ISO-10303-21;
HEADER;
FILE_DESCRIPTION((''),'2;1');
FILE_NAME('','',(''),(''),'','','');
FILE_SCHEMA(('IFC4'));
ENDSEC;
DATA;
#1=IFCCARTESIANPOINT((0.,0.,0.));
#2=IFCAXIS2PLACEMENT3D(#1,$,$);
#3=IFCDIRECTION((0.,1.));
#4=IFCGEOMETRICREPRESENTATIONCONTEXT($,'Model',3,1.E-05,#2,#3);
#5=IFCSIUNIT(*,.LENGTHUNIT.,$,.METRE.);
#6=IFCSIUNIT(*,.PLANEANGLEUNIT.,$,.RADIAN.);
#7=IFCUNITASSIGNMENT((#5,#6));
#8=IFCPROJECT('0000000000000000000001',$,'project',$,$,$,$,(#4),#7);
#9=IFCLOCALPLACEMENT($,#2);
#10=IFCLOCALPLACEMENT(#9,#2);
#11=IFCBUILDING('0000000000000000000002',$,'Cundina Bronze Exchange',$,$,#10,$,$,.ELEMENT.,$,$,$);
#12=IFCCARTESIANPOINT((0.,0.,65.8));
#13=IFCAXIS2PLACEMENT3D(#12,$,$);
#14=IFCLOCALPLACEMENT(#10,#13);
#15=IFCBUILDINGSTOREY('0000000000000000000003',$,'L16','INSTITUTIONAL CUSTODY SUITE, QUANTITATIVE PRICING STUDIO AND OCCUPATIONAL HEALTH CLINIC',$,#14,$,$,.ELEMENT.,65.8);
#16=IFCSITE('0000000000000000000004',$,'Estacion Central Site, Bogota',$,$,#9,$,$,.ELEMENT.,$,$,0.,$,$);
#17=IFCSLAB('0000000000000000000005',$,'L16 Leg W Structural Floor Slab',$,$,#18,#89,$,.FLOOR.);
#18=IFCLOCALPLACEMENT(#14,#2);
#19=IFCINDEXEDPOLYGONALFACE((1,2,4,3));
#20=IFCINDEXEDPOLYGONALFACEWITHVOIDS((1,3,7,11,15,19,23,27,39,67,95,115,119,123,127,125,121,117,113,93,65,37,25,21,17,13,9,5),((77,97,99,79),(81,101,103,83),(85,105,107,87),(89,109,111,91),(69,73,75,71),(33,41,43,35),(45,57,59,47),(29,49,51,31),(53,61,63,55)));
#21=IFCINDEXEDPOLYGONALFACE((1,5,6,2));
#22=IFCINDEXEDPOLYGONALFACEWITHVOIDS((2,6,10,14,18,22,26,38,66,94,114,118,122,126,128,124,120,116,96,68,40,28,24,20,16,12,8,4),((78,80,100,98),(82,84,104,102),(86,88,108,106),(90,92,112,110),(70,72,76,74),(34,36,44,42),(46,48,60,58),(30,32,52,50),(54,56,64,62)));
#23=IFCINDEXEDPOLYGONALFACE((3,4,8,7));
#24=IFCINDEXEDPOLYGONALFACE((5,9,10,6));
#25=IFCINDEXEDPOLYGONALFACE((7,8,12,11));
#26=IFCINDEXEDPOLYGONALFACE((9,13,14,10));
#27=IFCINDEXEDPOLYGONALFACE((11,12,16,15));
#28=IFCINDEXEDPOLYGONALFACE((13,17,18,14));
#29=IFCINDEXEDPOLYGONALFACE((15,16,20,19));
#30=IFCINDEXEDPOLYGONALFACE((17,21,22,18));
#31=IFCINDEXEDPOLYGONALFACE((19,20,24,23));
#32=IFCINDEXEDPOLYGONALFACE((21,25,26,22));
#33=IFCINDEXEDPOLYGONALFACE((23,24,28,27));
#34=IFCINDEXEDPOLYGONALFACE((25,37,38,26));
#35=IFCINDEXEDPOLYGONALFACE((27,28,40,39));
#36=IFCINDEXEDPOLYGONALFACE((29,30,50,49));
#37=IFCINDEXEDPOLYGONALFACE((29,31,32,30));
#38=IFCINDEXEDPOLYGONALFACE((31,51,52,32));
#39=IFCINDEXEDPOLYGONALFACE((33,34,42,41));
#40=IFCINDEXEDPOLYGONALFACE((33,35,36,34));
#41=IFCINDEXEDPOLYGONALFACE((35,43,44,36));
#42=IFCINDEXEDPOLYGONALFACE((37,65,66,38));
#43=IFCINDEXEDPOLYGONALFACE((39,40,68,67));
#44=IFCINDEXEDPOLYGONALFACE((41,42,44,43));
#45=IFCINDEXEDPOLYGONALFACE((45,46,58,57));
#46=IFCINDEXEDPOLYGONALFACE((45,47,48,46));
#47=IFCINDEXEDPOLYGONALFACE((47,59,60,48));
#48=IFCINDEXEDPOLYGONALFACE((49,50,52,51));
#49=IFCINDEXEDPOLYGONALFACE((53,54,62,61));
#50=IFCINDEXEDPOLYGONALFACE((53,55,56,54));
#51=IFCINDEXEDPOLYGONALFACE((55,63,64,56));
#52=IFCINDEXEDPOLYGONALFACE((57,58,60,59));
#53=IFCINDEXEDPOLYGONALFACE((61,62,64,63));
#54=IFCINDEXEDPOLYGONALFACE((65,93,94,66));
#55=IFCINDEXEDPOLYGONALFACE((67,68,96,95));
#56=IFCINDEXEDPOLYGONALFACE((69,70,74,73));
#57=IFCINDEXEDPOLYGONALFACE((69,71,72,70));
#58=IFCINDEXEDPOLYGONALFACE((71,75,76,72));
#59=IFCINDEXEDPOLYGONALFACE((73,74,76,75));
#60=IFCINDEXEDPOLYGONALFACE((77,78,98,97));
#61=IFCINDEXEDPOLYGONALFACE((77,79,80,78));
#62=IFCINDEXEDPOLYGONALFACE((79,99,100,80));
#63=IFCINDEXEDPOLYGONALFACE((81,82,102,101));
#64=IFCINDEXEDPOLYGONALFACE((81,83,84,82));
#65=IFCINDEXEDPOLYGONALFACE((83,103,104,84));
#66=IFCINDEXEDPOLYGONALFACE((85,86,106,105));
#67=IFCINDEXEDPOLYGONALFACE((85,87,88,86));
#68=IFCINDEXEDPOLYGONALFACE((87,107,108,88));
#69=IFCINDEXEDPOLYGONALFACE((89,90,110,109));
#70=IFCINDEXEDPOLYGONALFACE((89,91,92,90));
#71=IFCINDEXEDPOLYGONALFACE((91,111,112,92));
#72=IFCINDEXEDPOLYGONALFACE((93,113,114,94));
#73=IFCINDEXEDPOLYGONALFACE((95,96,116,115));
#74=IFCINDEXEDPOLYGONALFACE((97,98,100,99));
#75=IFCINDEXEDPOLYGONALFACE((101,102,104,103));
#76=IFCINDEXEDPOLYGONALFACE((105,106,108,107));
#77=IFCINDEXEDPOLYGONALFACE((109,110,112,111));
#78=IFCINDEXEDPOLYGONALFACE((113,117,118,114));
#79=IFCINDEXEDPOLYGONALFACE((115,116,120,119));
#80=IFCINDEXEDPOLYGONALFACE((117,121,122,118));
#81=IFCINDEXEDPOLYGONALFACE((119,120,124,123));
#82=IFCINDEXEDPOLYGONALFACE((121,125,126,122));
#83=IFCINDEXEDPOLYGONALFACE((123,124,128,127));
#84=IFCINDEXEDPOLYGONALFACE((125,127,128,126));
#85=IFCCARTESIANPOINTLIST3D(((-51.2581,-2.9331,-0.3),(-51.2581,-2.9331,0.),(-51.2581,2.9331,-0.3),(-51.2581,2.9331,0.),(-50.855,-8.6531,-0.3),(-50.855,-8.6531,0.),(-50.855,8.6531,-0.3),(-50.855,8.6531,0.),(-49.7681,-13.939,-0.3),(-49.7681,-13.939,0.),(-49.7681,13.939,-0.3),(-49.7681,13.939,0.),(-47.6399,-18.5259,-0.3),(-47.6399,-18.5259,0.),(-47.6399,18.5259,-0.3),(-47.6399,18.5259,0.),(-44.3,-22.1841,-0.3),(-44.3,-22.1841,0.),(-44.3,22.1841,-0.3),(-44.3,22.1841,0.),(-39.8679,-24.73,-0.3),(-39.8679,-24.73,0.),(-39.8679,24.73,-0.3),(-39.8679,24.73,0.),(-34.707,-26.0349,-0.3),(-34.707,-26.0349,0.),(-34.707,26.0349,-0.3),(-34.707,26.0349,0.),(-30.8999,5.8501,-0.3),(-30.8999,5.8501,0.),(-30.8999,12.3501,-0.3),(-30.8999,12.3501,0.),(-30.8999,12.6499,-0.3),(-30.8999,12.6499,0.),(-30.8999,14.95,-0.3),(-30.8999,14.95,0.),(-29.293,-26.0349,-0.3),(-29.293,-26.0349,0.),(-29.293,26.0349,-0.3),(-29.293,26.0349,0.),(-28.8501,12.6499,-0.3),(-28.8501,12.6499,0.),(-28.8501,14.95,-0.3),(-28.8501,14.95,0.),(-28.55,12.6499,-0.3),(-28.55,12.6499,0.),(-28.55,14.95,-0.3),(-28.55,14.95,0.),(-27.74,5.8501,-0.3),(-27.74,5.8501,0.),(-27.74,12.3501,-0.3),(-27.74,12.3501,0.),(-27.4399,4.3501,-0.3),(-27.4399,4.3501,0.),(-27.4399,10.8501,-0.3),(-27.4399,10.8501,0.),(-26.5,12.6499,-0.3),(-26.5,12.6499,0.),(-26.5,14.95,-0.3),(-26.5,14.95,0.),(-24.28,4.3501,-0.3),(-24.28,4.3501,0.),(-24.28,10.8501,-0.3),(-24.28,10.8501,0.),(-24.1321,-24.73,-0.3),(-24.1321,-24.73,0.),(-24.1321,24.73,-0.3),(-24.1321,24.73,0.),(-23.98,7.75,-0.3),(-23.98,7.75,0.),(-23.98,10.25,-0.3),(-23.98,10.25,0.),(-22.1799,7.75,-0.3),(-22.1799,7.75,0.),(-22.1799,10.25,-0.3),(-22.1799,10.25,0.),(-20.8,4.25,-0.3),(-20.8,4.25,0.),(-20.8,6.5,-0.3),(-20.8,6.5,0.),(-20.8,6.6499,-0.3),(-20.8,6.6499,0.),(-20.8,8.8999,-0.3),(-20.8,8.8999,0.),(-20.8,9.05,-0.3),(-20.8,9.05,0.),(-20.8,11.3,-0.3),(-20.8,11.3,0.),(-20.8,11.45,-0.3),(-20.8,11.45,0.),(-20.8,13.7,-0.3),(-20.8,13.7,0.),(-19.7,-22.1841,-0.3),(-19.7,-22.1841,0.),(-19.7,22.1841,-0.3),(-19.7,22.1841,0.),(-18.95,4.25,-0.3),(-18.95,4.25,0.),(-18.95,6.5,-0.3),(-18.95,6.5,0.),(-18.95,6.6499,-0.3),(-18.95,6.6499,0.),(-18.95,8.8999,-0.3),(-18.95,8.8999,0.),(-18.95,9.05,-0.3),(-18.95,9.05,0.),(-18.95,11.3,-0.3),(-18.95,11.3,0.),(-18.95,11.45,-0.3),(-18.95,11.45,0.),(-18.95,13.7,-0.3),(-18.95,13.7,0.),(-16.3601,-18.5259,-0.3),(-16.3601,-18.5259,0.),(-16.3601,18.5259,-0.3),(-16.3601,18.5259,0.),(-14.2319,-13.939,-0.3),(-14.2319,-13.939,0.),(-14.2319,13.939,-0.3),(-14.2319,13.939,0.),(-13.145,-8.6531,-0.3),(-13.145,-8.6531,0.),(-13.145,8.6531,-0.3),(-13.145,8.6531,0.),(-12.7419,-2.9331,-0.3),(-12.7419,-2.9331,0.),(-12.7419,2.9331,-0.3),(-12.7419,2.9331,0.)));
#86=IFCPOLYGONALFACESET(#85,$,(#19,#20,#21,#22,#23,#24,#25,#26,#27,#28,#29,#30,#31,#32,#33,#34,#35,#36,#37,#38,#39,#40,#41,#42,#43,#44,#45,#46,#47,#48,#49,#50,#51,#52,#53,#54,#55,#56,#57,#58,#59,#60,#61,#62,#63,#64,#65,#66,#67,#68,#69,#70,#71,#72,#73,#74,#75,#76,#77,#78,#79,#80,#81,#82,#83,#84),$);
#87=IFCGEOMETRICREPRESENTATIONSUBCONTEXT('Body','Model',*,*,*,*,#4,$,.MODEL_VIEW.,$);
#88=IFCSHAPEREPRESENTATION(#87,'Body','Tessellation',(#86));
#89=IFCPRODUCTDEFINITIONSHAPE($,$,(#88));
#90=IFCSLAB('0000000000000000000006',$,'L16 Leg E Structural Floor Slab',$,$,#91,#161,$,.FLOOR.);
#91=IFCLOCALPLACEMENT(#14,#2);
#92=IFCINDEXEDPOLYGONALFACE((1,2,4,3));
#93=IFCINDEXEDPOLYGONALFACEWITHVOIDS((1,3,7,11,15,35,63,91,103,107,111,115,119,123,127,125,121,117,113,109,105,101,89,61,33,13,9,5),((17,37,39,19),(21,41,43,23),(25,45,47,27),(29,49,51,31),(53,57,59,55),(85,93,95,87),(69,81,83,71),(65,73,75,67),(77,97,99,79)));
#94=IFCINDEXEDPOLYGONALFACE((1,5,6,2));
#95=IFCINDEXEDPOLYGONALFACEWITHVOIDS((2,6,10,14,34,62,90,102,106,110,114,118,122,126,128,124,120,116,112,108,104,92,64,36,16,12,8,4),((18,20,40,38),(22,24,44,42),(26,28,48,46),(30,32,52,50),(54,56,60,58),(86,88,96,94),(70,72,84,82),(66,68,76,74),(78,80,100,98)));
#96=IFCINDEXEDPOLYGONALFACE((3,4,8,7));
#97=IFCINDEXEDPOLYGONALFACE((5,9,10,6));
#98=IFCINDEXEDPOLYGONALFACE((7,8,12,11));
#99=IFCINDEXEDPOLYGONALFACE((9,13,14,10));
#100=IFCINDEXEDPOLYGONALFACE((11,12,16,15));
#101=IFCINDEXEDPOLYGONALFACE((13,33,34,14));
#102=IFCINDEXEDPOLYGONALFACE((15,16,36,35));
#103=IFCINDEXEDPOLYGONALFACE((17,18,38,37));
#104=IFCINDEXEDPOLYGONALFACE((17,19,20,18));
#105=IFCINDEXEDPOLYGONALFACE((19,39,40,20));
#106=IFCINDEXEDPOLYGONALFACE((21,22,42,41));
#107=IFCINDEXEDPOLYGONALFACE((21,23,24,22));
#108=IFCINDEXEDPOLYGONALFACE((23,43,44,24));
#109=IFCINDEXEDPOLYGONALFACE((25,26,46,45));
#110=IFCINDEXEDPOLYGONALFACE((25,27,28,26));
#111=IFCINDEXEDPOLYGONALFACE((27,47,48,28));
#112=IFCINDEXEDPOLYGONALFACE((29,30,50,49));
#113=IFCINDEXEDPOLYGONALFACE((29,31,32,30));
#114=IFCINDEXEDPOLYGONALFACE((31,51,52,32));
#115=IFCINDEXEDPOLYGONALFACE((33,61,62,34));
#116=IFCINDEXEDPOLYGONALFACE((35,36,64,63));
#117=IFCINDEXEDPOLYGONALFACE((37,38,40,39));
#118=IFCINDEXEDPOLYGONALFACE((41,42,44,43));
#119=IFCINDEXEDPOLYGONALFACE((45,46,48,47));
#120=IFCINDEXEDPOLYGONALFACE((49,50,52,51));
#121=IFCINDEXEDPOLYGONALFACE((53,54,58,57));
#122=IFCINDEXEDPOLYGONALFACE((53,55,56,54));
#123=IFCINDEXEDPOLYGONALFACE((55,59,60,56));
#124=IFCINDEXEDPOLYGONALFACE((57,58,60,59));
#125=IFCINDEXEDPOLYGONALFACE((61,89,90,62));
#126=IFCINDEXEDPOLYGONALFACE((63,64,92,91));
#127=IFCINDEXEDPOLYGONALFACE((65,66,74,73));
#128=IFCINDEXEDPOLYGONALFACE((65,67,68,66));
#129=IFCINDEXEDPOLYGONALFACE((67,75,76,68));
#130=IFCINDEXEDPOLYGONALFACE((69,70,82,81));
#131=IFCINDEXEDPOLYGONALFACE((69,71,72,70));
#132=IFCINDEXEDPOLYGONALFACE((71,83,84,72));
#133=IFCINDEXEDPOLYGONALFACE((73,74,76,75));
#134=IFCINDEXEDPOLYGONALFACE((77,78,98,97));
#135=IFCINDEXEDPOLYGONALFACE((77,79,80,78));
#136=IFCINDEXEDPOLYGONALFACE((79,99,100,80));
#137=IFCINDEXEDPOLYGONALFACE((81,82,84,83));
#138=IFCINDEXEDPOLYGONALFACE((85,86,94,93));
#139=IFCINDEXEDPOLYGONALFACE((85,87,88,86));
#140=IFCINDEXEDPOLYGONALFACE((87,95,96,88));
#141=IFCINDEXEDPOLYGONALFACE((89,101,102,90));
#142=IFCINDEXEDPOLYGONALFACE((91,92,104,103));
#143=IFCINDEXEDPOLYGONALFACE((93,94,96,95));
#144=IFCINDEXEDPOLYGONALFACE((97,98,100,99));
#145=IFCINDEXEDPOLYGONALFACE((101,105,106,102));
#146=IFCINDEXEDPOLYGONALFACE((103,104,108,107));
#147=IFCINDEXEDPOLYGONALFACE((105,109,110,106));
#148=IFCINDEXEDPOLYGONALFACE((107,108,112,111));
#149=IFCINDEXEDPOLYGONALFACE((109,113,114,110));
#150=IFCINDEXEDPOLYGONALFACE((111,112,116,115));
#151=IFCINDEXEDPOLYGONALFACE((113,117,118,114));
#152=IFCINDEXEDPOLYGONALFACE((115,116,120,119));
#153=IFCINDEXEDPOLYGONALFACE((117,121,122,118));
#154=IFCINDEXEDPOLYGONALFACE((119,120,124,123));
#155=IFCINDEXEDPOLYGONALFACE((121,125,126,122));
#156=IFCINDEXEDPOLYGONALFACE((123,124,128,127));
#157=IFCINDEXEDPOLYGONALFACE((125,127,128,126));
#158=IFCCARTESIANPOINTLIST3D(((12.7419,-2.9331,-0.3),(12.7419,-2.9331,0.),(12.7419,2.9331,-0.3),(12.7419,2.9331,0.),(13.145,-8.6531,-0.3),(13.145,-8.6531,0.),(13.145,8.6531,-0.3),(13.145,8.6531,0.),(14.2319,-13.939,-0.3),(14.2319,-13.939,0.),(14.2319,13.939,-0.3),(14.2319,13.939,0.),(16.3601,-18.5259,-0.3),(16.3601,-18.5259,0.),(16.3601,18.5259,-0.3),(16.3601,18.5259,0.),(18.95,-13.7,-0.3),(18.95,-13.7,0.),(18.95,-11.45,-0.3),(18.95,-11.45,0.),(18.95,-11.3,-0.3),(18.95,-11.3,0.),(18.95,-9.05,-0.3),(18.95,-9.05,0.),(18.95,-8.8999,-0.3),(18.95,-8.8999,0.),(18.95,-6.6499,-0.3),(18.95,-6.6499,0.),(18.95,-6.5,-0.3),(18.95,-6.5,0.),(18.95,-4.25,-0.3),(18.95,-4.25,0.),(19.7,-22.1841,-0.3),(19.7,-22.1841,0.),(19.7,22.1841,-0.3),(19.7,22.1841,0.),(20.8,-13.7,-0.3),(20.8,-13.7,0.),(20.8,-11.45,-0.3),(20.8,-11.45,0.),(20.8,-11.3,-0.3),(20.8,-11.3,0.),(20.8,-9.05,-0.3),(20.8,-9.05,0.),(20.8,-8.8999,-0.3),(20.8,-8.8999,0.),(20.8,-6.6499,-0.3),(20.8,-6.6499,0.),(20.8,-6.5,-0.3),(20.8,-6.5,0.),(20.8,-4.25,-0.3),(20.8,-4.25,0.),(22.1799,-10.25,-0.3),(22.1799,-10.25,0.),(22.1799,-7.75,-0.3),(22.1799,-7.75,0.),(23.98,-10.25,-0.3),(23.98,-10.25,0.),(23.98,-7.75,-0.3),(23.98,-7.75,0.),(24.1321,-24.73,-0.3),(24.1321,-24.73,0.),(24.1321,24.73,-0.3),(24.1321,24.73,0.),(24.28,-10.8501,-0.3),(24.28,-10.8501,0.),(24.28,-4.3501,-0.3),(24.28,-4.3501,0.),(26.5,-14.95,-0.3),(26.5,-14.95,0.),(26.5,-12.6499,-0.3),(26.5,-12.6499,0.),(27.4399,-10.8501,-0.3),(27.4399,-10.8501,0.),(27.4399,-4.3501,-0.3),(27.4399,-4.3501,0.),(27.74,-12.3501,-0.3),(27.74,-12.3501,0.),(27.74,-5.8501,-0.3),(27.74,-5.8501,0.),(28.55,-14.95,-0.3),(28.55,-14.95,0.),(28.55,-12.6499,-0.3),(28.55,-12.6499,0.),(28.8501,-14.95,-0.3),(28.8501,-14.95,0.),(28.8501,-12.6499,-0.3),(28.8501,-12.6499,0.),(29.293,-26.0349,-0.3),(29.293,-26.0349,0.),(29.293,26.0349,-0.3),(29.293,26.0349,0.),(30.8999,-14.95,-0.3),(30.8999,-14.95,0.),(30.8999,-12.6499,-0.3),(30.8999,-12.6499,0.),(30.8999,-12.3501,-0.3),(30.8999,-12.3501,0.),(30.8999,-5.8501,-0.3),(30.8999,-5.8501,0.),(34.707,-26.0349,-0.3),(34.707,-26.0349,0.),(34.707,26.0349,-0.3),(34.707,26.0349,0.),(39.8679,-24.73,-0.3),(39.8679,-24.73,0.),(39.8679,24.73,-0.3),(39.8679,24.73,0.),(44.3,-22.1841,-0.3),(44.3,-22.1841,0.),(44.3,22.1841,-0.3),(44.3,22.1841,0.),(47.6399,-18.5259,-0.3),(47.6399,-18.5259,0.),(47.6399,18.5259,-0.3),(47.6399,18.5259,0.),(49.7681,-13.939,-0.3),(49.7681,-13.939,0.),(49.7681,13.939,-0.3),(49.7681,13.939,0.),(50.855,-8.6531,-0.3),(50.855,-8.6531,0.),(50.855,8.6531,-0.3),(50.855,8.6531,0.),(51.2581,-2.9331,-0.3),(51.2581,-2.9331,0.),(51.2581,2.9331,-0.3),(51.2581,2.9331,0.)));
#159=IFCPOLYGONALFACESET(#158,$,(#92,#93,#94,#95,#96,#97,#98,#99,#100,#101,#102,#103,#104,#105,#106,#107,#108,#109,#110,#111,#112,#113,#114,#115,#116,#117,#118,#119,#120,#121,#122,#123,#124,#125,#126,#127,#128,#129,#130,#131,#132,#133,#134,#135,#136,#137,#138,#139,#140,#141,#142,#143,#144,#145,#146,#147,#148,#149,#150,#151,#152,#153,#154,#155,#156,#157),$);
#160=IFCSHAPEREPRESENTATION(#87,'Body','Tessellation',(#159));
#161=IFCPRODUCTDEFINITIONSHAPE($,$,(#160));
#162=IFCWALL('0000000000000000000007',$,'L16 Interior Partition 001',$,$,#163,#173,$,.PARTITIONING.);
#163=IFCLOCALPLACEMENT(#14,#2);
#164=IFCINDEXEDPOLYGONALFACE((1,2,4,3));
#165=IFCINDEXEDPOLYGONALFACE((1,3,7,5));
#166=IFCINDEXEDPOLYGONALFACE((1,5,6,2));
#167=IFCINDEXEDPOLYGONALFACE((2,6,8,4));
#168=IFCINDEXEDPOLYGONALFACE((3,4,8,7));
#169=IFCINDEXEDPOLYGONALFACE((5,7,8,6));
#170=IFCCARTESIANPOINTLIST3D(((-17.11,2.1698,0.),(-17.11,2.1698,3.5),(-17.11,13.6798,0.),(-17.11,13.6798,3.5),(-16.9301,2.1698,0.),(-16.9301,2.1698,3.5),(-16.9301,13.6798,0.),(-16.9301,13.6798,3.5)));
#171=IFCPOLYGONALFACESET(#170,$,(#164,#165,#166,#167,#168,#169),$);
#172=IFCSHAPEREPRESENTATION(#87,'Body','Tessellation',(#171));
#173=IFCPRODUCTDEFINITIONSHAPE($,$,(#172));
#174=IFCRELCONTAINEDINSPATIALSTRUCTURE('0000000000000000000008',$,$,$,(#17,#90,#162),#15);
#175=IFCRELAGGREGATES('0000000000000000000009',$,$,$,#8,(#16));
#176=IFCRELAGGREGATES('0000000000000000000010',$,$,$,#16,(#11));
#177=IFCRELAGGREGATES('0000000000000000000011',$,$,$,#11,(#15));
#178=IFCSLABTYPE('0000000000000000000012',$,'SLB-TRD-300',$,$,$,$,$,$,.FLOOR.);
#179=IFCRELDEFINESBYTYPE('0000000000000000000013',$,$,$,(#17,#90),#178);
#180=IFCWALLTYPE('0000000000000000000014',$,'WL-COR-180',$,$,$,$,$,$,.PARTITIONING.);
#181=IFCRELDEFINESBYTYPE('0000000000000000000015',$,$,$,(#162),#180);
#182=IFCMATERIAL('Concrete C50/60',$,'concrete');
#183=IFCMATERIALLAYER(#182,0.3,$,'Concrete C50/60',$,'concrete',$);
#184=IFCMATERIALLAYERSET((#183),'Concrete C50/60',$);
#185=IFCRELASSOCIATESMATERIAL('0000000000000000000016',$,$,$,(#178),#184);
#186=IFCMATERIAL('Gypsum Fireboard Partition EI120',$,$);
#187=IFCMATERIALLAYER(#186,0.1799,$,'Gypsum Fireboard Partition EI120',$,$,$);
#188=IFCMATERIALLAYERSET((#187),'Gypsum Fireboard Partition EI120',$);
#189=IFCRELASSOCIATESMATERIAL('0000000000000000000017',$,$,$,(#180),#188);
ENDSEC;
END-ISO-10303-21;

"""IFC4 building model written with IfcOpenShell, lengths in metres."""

from ifc_helpers import new_model, si_unit, direction, frame, frame_2d, origin, place, context, subcontext, project, spatial, polyline, rectangle, outline, extrude, material, layer, layer_set, type_object, element, save


model = new_model("IFC4")

# Units and contexts
model_context = context("Model", 3, precision=1e-05, world=origin(), true_north=direction((0.0, 1.0)))
body_context = subcontext(model_context, "Body", "Model", "MODEL_VIEW")
ifc_project = project(units=[si_unit("LENGTHUNIT", "METRE"), si_unit("PLANEANGLEUNIT", "RADIAN")], contexts=[model_context])

# Site, building, storey
site_placement = place(None, origin())
site = spatial("IfcSite", under=ifc_project, at=site_placement, Name="Estacion Central Site, Bogota", CompositionType="ELEMENT", RefElevation=0.0)
building_placement = place(site_placement, origin())
building = spatial("IfcBuilding", under=site, at=building_placement, Name="Cundina Bronze Exchange", CompositionType="ELEMENT")
storey_placement = place(building_placement, frame((0.0, 0.0, 65.8)))
storey = spatial("IfcBuildingStorey", under=building, at=storey_placement, Name="L16", Description="INSTITUTIONAL CUSTODY SUITE, QUANTITATIVE PRICING STUDIO AND OCCUPATIONAL HEALTH CLINIC", CompositionType="ELEMENT", Elevation=65.8)

# Slabs
ifc_material_1 = material(Name="Concrete C50/60", Category="concrete")
ifc_layer_1 = layer(ifc_material_1, 0.3, Name="Concrete C50/60", Category="concrete")
ifc_layer_set_1 = layer_set([ifc_layer_1], Name="Concrete C50/60")
slab_type_1 = type_object("IfcSlabType", Name="SLB-TRD-300", PredefinedType="FLOOR", material=ifc_layer_set_1)
slab_1_placement = place(storey_placement, frame((0.0, 0.0, -0.3)))
element("IfcSlab", 1, at=slab_1_placement, inside=storey, type_object=slab_type_1, Name="L16 Leg W Structural Floor Slab", PredefinedType="FLOOR", context=body_context, shape_type="SweptSolid", body=[
    extrude(outline(polyline([(-12.7419, 2.9331), (-13.145, 8.6531), (-14.2319, 13.939), (-16.3601, 18.5259), (-19.7, 22.1841), (-24.1321, 24.73), (-29.293, 26.0349), (-34.707, 26.0349), (-39.8679, 24.73), (-44.3, 22.1841), (-47.6399, 18.5259), (-49.7681, 13.939), (-50.855, 8.6531), (-51.2581, 2.9331), (-51.2581, -2.9331), (-50.855, -8.6531), (-49.7681, -13.939), (-47.6399, -18.5259), (-44.3, -22.1841), (-39.8679, -24.73), (-34.707, -26.0349), (-29.293, -26.0349), (-24.1321, -24.73), (-19.7, -22.1841), (-16.3601, -18.5259), (-14.2319, -13.939), (-13.145, -8.6531), (-12.7419, -2.9331), (-12.7419, 2.9331)]), holes=[polyline([(-27.74, 5.8501), (-27.74, 12.3501), (-30.8999, 12.3501), (-30.8999, 5.8501), (-27.74, 5.8501)]), polyline([(-27.4399, 10.8501), (-27.4399, 4.3501), (-24.28, 4.3501), (-24.28, 10.8501), (-27.4399, 10.8501)]), polyline([(-23.98, 10.25), (-22.1799, 10.25), (-22.1799, 7.75), (-23.98, 7.75), (-23.98, 10.25)]), polyline([(-30.8999, 14.95), (-28.8501, 14.95), (-28.8501, 12.6499), (-30.8999, 12.6499), (-30.8999, 14.95)]), polyline([(-28.55, 14.95), (-26.5, 14.95), (-26.5, 12.6499), (-28.55, 12.6499), (-28.55, 14.95)]), polyline([(-20.8, 13.7), (-18.95, 13.7), (-18.95, 11.45), (-20.8, 11.45), (-20.8, 13.7)]), polyline([(-20.8, 11.3), (-18.95, 11.3), (-18.95, 9.05), (-20.8, 9.05), (-20.8, 11.3)]), polyline([(-20.8, 8.8999), (-18.95, 8.8999), (-18.95, 6.6499), (-20.8, 6.6499), (-20.8, 8.8999)]), polyline([(-20.8, 6.5), (-18.95, 6.5), (-18.95, 4.25), (-20.8, 4.25), (-20.8, 6.5)])]), origin(), (0.0, 0.0, 1.0), 0.3),
])
slab_2_placement = place(storey_placement, frame((0.0, 0.0, -0.3)))
element("IfcSlab", 2, at=slab_2_placement, inside=storey, type_object=slab_type_1, Name="L16 Leg E Structural Floor Slab", PredefinedType="FLOOR", context=body_context, shape_type="SweptSolid", body=[
    extrude(outline(polyline([(51.2581, 2.9331), (50.855, 8.6531), (49.7681, 13.939), (47.6399, 18.5259), (44.3, 22.1841), (39.8679, 24.73), (34.707, 26.0349), (29.293, 26.0349), (24.1321, 24.73), (19.7, 22.1841), (16.3601, 18.5259), (14.2319, 13.939), (13.145, 8.6531), (12.7419, 2.9331), (12.7419, -2.9331), (13.145, -8.6531), (14.2319, -13.939), (16.3601, -18.5259), (19.7, -22.1841), (24.1321, -24.73), (29.293, -26.0349), (34.707, -26.0349), (39.8679, -24.73), (44.3, -22.1841), (47.6399, -18.5259), (49.7681, -13.939), (50.855, -8.6531), (51.2581, -2.9331), (51.2581, 2.9331)]), holes=[polyline([(27.74, -5.8501), (27.74, -12.3501), (30.8999, -12.3501), (30.8999, -5.8501), (27.74, -5.8501)]), polyline([(27.4399, -10.8501), (27.4399, -4.3501), (24.28, -4.3501), (24.28, -10.8501), (27.4399, -10.8501)]), polyline([(22.1799, -7.75), (23.98, -7.75), (23.98, -10.25), (22.1799, -10.25), (22.1799, -7.75)]), polyline([(28.8501, -12.6499), (30.8999, -12.6499), (30.8999, -14.95), (28.8501, -14.95), (28.8501, -12.6499)]), polyline([(26.5, -12.6499), (28.55, -12.6499), (28.55, -14.95), (26.5, -14.95), (26.5, -12.6499)]), polyline([(18.95, -11.45), (20.8, -11.45), (20.8, -13.7), (18.95, -13.7), (18.95, -11.45)]), polyline([(18.95, -9.05), (20.8, -9.05), (20.8, -11.3), (18.95, -11.3), (18.95, -9.05)]), polyline([(18.95, -6.6499), (20.8, -6.6499), (20.8, -8.8999), (18.95, -8.8999), (18.95, -6.6499)]), polyline([(18.95, -4.25), (20.8, -4.25), (20.8, -6.5), (18.95, -6.5), (18.95, -4.25)])]), origin(), (0.0, 0.0, 1.0), 0.3),
])

# Wall
ifc_material_2 = material(Name="Gypsum Fireboard Partition EI120")
ifc_layer_2 = layer(ifc_material_2, 0.1799, Name="Gypsum Fireboard Partition EI120")
ifc_layer_set_2 = layer_set([ifc_layer_2], Name="Gypsum Fireboard Partition EI120")
wall_type_1 = type_object("IfcWallType", Name="WL-COR-180", PredefinedType="PARTITIONING", material=ifc_layer_set_2)
wall_1_placement = place(storey_placement, frame((-17.02, 2.1699, 0.0), z_axis=(0.0, 0.0, 1.0), x_axis=(0.0, 1.0, 0.0)))
element("IfcWall", 3, at=wall_1_placement, inside=storey, type_object=wall_type_1, Name="L16 Interior Partition 001", PredefinedType="PARTITIONING", context=body_context, shape_type="SweptSolid", body=[
    extrude(rectangle(XDim=11.51, YDim=0.1799, at=frame_2d((5.7549, 0.0))), origin(), (0.0, 0.0, 1.0), 3.5),
])

save(model, "model.ifc")
